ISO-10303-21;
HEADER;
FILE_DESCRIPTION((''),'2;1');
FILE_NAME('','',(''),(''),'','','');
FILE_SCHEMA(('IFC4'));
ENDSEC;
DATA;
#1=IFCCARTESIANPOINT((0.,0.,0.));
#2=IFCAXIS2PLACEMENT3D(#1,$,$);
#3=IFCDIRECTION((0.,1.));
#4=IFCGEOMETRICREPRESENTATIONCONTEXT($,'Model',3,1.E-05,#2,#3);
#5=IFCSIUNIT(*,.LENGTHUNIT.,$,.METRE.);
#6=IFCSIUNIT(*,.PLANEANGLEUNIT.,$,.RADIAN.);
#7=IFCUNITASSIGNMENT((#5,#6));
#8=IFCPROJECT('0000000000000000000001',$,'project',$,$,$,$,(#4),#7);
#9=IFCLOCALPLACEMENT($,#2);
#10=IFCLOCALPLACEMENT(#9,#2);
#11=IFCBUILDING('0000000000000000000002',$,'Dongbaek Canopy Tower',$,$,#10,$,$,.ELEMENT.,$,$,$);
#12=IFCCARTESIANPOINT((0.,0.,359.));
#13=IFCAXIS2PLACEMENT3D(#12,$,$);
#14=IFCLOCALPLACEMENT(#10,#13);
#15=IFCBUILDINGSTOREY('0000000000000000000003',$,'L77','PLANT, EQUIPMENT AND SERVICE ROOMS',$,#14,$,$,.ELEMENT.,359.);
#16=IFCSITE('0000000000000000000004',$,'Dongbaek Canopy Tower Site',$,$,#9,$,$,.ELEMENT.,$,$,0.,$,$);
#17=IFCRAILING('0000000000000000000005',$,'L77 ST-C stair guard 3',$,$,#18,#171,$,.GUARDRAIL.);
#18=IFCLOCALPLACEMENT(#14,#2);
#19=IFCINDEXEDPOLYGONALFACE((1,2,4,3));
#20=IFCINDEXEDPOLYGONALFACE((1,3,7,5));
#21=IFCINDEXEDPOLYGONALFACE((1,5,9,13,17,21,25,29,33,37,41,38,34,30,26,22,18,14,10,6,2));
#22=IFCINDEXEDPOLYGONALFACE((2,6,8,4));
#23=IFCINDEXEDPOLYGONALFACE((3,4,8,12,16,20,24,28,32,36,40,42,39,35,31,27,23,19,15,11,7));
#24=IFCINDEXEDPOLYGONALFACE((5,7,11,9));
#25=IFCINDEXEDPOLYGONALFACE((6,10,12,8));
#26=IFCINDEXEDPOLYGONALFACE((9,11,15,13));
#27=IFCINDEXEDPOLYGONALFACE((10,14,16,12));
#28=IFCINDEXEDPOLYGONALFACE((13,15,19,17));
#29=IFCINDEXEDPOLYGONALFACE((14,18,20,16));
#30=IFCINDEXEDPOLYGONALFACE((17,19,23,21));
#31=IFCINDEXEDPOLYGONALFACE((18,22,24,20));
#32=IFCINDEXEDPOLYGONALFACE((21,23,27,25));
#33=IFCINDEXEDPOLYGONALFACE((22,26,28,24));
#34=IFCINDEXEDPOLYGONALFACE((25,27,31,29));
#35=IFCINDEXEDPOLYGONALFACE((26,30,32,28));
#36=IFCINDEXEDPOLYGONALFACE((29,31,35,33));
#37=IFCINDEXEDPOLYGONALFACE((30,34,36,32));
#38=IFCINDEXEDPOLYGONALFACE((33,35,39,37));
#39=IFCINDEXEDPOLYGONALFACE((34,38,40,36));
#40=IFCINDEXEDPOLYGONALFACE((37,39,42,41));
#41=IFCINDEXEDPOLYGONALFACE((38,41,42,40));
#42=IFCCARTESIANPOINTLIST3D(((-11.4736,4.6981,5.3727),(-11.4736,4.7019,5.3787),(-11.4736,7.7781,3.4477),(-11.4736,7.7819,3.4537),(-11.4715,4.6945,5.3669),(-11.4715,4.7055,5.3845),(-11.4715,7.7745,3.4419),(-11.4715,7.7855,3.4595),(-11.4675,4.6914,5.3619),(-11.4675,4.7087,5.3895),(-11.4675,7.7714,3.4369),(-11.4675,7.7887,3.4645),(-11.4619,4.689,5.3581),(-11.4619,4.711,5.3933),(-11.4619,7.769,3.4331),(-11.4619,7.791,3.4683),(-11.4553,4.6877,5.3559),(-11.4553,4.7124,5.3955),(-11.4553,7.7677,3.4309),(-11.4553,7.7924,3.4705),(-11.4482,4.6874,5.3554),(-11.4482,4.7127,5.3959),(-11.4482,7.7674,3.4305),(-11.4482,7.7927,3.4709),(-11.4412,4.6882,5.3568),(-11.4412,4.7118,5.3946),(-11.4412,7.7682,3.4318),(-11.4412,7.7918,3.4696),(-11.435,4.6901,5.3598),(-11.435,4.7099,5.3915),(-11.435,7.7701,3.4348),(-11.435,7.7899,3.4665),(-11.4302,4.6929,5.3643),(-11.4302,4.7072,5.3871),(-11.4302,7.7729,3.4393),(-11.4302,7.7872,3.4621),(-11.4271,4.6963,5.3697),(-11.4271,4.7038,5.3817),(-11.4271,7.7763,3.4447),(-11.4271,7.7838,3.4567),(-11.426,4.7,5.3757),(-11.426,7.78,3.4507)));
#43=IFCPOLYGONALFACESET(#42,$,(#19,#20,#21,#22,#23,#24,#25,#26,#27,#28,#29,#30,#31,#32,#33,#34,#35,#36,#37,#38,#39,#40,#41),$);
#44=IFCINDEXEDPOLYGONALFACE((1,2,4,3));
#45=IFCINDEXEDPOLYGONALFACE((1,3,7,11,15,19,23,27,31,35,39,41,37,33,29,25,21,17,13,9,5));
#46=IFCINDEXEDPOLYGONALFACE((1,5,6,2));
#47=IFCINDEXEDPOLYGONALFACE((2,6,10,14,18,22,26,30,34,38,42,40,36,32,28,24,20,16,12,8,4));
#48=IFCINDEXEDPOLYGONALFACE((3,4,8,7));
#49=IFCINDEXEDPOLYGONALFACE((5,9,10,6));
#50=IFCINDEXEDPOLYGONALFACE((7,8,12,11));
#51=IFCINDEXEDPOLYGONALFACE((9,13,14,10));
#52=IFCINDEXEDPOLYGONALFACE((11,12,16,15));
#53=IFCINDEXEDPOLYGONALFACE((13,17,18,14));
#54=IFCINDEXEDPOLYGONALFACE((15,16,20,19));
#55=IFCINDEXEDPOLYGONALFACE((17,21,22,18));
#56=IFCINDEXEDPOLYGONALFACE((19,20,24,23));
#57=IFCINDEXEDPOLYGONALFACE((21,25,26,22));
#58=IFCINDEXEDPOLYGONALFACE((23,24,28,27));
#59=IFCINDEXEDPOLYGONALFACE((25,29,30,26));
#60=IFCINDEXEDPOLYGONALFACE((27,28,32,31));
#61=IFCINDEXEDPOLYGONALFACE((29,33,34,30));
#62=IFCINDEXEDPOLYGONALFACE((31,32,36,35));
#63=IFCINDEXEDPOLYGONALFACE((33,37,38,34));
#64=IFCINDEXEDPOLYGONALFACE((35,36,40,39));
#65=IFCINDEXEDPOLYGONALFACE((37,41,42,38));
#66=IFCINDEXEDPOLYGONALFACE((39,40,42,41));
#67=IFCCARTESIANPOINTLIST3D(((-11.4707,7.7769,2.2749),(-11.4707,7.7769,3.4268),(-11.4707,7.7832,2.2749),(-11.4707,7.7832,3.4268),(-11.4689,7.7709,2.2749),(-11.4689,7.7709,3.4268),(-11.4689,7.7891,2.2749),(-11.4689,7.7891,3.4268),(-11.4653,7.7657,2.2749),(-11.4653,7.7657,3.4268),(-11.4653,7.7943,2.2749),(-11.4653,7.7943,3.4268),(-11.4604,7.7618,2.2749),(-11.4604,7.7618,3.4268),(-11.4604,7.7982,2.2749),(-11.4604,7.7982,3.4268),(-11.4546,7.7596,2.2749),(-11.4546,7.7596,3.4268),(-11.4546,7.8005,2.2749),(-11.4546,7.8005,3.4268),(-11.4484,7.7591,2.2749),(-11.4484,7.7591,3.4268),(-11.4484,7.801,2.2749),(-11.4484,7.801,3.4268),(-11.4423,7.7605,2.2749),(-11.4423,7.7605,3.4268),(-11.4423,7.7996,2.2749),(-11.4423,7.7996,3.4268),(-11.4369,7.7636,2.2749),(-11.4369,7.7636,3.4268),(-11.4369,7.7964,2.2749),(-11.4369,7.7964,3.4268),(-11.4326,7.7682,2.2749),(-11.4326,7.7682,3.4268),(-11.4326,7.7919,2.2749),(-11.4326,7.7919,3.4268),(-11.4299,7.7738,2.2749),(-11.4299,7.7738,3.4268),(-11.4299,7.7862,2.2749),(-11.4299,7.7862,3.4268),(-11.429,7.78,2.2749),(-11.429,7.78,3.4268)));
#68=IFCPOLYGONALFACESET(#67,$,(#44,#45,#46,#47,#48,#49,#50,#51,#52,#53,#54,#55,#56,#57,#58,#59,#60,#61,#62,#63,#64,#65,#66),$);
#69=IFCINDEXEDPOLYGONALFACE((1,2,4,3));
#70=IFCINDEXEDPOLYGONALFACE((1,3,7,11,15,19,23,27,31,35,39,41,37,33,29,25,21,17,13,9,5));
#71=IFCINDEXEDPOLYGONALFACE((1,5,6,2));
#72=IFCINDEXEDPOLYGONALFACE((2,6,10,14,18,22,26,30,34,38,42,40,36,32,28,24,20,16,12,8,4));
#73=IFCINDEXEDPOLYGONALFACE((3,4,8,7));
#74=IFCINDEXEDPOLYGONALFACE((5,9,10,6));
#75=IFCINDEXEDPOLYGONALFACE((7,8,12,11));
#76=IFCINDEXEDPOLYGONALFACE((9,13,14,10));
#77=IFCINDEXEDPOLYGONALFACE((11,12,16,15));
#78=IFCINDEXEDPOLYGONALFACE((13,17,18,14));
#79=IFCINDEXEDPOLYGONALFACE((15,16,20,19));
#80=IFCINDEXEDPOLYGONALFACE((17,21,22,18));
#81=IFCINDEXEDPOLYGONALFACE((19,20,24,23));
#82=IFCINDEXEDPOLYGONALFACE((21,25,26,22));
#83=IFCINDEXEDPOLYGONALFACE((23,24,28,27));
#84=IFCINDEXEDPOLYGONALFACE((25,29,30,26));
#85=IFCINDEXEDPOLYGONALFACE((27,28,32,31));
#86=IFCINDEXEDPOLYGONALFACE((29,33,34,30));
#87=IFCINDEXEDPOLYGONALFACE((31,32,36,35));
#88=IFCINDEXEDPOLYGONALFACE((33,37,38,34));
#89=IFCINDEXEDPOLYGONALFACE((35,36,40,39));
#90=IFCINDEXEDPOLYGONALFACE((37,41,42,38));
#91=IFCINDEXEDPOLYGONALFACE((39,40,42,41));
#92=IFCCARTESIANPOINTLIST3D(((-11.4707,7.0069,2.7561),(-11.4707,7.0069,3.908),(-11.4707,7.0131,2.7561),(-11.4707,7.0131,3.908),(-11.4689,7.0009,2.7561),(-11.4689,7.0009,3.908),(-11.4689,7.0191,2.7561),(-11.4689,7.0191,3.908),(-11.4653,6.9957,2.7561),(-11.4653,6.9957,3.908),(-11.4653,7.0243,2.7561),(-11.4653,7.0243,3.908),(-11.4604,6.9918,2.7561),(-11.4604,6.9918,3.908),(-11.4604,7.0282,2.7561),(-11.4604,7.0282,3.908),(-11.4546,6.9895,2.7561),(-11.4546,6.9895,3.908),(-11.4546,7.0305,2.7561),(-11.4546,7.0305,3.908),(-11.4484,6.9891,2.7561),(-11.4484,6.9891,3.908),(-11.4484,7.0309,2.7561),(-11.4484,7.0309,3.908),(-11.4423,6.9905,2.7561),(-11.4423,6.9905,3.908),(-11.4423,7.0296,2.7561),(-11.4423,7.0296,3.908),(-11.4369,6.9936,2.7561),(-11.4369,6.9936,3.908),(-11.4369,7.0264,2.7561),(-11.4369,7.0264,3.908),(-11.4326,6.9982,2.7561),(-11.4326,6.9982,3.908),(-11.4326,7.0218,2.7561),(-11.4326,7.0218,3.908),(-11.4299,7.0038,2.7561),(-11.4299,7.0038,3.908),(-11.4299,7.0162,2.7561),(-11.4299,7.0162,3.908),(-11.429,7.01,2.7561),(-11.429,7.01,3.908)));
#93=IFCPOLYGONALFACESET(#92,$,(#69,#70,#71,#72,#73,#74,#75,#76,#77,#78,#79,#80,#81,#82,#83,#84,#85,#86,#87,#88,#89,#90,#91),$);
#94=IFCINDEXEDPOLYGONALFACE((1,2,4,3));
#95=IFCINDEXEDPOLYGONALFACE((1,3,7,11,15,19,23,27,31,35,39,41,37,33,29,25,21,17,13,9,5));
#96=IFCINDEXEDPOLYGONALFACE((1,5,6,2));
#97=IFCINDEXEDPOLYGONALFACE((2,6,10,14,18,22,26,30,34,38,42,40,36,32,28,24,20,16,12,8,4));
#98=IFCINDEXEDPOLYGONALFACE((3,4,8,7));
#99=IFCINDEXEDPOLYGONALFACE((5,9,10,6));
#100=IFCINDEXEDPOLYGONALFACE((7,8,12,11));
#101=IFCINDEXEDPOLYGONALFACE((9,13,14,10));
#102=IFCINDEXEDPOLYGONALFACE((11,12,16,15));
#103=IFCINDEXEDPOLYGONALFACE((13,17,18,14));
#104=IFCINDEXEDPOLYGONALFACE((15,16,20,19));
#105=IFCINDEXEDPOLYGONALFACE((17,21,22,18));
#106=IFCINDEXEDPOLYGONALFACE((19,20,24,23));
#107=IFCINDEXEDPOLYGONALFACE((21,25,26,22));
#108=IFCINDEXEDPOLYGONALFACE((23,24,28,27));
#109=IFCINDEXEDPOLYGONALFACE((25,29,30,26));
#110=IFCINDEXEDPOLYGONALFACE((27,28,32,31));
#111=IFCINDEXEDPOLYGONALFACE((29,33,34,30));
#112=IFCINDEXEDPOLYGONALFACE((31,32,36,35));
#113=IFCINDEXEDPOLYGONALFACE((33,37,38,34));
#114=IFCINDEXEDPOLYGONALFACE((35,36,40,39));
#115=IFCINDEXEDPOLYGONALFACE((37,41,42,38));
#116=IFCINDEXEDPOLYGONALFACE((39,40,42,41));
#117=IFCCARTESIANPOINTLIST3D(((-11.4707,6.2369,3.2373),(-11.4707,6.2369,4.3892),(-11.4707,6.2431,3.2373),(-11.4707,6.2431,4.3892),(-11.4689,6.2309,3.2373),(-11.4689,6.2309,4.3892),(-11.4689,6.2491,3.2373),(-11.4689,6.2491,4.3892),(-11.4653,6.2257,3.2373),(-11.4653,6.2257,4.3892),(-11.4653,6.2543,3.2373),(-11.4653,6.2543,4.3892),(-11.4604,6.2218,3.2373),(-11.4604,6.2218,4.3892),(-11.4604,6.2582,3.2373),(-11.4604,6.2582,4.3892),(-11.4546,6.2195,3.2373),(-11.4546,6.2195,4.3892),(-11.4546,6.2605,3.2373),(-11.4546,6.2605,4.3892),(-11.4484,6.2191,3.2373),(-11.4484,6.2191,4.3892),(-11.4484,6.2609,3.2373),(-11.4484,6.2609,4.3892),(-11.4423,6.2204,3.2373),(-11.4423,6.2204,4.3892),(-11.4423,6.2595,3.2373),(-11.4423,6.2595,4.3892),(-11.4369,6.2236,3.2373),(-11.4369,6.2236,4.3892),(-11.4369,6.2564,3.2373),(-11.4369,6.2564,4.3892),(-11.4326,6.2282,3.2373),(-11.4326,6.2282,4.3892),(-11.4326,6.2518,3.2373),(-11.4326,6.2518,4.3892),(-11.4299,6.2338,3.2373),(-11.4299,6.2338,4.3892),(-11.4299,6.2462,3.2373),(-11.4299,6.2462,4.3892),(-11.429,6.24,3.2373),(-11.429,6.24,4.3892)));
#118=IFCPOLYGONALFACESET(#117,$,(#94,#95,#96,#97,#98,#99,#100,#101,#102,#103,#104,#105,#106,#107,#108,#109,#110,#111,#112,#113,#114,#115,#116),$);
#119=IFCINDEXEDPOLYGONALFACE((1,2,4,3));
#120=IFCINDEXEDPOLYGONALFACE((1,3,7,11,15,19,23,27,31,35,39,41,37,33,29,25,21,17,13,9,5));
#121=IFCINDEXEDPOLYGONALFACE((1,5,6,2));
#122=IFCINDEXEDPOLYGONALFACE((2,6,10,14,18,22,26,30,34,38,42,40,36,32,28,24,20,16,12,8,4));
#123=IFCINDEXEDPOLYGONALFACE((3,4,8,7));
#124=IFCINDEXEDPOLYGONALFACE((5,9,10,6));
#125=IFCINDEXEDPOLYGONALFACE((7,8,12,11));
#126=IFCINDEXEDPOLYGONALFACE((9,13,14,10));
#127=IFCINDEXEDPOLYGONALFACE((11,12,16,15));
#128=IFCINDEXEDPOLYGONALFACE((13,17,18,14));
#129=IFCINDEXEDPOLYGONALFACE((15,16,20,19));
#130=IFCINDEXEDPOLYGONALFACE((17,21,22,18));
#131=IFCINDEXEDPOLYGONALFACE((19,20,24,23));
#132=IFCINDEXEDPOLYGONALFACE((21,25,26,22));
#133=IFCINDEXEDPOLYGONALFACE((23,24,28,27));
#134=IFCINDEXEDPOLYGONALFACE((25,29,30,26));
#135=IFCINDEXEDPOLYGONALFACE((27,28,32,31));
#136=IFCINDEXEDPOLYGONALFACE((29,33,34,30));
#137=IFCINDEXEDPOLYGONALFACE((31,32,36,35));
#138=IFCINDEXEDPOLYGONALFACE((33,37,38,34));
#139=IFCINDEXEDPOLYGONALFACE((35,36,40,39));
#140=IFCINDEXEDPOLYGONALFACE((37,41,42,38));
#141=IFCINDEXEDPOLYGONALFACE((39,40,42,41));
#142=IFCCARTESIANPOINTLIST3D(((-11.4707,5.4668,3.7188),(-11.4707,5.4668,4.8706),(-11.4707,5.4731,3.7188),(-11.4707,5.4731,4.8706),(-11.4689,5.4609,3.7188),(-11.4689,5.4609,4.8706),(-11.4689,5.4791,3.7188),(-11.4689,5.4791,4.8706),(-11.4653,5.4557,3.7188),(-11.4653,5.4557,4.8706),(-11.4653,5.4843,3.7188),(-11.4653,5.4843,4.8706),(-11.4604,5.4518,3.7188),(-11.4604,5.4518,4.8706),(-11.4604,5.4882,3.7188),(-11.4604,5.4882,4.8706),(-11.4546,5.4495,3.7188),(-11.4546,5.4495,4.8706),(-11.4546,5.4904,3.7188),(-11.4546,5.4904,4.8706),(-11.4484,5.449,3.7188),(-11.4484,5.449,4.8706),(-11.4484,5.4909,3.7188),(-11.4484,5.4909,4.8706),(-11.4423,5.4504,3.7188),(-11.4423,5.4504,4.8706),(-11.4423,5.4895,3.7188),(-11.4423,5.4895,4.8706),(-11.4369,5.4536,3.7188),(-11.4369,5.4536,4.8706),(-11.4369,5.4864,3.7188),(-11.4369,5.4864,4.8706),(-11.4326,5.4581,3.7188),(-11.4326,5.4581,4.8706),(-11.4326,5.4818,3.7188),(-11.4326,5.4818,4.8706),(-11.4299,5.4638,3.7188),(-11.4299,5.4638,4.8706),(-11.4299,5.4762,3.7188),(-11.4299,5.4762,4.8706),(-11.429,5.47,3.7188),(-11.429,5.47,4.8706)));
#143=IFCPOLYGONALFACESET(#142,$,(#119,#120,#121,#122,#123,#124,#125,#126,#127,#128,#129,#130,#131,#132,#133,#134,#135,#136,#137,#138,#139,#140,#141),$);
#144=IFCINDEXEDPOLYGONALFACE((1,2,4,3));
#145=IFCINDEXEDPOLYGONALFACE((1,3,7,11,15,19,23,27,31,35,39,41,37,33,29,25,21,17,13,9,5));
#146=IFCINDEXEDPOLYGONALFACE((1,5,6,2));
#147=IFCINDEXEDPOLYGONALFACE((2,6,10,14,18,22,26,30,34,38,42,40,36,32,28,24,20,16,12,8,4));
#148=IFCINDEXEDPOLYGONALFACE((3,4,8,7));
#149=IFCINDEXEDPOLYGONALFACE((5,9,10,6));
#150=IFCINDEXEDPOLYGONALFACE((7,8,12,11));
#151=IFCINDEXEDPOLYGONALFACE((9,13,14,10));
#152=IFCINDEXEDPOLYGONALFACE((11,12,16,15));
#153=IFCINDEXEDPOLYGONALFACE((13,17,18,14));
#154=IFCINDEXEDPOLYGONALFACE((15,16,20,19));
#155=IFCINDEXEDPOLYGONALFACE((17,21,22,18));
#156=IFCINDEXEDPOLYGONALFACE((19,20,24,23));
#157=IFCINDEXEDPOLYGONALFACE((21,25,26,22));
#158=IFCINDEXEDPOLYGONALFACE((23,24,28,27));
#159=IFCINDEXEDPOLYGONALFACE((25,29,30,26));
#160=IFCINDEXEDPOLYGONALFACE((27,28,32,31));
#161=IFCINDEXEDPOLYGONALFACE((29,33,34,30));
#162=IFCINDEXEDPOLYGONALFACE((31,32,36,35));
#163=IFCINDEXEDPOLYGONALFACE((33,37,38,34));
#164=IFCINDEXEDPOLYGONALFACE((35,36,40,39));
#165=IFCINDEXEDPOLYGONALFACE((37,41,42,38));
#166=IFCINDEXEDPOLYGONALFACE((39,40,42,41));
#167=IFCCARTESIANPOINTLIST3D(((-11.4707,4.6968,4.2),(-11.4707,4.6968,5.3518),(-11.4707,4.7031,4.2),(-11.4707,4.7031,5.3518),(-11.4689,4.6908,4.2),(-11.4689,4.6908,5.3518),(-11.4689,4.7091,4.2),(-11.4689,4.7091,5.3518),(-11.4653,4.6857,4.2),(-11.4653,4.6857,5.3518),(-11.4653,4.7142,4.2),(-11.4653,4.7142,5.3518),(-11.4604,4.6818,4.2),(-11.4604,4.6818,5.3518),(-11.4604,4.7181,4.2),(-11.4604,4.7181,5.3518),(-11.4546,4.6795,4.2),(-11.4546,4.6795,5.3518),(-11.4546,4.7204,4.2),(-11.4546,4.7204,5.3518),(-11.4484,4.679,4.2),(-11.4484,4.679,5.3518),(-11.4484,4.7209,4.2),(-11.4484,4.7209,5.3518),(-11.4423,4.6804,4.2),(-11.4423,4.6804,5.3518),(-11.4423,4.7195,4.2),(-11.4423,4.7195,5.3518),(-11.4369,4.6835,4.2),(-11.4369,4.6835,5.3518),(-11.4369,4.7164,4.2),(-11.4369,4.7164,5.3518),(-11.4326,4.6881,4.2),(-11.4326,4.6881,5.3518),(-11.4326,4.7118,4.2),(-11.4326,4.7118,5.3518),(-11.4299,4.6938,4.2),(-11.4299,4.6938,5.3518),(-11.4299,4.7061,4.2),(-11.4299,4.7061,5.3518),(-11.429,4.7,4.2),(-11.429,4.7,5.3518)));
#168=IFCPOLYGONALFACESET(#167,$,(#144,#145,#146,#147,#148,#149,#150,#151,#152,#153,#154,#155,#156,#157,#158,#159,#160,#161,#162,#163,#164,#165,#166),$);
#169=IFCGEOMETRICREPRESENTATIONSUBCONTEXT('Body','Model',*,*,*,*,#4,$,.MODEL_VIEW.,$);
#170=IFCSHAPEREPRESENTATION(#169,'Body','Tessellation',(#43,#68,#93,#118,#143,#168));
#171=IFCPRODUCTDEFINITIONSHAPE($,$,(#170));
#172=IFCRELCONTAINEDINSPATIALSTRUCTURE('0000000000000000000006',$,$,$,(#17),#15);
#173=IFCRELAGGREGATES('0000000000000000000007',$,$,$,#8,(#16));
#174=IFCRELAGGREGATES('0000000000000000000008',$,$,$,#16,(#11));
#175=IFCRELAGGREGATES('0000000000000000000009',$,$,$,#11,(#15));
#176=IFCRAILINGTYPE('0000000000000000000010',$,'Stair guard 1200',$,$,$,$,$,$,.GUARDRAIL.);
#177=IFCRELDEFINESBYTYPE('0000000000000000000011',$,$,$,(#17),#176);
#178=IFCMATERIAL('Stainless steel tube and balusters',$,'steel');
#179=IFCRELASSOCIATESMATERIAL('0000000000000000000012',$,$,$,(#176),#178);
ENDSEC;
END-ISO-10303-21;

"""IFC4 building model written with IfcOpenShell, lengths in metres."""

from ifc_helpers import new_model, si_unit, direction, frame, origin, origin_2d, place, context, subcontext, project, spatial, circle, extrude, material, type_object, element, save


model = new_model("IFC4")

# Units and contexts
model_context = context("Model", 3, precision=1e-05, world=origin(), true_north=direction((0.0, 1.0)))
body_context = subcontext(model_context, "Body", "Model", "MODEL_VIEW")
ifc_project = project(units=[si_unit("LENGTHUNIT", "METRE"), si_unit("PLANEANGLEUNIT", "RADIAN")], contexts=[model_context])

# Site, building, storey
site_placement = place(None, origin())
site = spatial("IfcSite", under=ifc_project, at=site_placement, Name="Dongbaek Canopy Tower Site", CompositionType="ELEMENT", RefElevation=0.0)
building_placement = place(site_placement, origin())
building = spatial("IfcBuilding", under=site, at=building_placement, Name="Dongbaek Canopy Tower", CompositionType="ELEMENT")
storey_placement = place(building_placement, frame((0.0, 0.0, 359.0)))
storey = spatial("IfcBuildingStorey", under=building, at=storey_placement, Name="L77", Description="PLANT, EQUIPMENT AND SERVICE ROOMS", CompositionType="ELEMENT", Elevation=359.0)

# Railing
ifc_material_1 = material(Name="Stainless steel tube and balusters", Category="steel")
railing_type_1 = type_object("IfcRailingType", Name="Stair guard 1200", PredefinedType="GUARDRAIL", material=ifc_material_1)
railing_1_placement = place(storey_placement, frame((-11.45, 7.78, 2.2749)))
element("IfcRailing", 1, at=railing_1_placement, inside=storey, type_object=railing_type_1, Name="L77 ST-C stair guard 3", PredefinedType="GUARDRAIL", context=body_context, shape_type="SweptSolid", body=[
    extrude(circle(Radius=0.0239, at=origin_2d()), frame((0.0, 0.0, 1.1758), z_axis=(0.0, -0.847998, 0.529999), x_axis=(1.0, 0.0, 0.0)), (0.0, 0.0, 1.0), 3.6321),
    extrude(circle(Radius=0.021, at=origin_2d()), origin(), (0.0, 0.0, 1.0), 1.1519),
    extrude(circle(Radius=0.021, at=origin_2d()), frame((0.0, -0.77, 0.4812)), (0.0, 0.0, 1.0), 1.1519),
    extrude(circle(Radius=0.021, at=origin_2d()), frame((0.0, -1.54, 0.9624)), (0.0, 0.0, 1.0), 1.1519),
    extrude(circle(Radius=0.021, at=origin_2d()), frame((0.0, -2.3101, 1.4438)), (0.0, 0.0, 1.0), 1.1519),
    extrude(circle(Radius=0.021, at=origin_2d()), frame((0.0, -3.0801, 1.925)), (0.0, 0.0, 1.0), 1.1519),
])

save(model, "model.ifc")
